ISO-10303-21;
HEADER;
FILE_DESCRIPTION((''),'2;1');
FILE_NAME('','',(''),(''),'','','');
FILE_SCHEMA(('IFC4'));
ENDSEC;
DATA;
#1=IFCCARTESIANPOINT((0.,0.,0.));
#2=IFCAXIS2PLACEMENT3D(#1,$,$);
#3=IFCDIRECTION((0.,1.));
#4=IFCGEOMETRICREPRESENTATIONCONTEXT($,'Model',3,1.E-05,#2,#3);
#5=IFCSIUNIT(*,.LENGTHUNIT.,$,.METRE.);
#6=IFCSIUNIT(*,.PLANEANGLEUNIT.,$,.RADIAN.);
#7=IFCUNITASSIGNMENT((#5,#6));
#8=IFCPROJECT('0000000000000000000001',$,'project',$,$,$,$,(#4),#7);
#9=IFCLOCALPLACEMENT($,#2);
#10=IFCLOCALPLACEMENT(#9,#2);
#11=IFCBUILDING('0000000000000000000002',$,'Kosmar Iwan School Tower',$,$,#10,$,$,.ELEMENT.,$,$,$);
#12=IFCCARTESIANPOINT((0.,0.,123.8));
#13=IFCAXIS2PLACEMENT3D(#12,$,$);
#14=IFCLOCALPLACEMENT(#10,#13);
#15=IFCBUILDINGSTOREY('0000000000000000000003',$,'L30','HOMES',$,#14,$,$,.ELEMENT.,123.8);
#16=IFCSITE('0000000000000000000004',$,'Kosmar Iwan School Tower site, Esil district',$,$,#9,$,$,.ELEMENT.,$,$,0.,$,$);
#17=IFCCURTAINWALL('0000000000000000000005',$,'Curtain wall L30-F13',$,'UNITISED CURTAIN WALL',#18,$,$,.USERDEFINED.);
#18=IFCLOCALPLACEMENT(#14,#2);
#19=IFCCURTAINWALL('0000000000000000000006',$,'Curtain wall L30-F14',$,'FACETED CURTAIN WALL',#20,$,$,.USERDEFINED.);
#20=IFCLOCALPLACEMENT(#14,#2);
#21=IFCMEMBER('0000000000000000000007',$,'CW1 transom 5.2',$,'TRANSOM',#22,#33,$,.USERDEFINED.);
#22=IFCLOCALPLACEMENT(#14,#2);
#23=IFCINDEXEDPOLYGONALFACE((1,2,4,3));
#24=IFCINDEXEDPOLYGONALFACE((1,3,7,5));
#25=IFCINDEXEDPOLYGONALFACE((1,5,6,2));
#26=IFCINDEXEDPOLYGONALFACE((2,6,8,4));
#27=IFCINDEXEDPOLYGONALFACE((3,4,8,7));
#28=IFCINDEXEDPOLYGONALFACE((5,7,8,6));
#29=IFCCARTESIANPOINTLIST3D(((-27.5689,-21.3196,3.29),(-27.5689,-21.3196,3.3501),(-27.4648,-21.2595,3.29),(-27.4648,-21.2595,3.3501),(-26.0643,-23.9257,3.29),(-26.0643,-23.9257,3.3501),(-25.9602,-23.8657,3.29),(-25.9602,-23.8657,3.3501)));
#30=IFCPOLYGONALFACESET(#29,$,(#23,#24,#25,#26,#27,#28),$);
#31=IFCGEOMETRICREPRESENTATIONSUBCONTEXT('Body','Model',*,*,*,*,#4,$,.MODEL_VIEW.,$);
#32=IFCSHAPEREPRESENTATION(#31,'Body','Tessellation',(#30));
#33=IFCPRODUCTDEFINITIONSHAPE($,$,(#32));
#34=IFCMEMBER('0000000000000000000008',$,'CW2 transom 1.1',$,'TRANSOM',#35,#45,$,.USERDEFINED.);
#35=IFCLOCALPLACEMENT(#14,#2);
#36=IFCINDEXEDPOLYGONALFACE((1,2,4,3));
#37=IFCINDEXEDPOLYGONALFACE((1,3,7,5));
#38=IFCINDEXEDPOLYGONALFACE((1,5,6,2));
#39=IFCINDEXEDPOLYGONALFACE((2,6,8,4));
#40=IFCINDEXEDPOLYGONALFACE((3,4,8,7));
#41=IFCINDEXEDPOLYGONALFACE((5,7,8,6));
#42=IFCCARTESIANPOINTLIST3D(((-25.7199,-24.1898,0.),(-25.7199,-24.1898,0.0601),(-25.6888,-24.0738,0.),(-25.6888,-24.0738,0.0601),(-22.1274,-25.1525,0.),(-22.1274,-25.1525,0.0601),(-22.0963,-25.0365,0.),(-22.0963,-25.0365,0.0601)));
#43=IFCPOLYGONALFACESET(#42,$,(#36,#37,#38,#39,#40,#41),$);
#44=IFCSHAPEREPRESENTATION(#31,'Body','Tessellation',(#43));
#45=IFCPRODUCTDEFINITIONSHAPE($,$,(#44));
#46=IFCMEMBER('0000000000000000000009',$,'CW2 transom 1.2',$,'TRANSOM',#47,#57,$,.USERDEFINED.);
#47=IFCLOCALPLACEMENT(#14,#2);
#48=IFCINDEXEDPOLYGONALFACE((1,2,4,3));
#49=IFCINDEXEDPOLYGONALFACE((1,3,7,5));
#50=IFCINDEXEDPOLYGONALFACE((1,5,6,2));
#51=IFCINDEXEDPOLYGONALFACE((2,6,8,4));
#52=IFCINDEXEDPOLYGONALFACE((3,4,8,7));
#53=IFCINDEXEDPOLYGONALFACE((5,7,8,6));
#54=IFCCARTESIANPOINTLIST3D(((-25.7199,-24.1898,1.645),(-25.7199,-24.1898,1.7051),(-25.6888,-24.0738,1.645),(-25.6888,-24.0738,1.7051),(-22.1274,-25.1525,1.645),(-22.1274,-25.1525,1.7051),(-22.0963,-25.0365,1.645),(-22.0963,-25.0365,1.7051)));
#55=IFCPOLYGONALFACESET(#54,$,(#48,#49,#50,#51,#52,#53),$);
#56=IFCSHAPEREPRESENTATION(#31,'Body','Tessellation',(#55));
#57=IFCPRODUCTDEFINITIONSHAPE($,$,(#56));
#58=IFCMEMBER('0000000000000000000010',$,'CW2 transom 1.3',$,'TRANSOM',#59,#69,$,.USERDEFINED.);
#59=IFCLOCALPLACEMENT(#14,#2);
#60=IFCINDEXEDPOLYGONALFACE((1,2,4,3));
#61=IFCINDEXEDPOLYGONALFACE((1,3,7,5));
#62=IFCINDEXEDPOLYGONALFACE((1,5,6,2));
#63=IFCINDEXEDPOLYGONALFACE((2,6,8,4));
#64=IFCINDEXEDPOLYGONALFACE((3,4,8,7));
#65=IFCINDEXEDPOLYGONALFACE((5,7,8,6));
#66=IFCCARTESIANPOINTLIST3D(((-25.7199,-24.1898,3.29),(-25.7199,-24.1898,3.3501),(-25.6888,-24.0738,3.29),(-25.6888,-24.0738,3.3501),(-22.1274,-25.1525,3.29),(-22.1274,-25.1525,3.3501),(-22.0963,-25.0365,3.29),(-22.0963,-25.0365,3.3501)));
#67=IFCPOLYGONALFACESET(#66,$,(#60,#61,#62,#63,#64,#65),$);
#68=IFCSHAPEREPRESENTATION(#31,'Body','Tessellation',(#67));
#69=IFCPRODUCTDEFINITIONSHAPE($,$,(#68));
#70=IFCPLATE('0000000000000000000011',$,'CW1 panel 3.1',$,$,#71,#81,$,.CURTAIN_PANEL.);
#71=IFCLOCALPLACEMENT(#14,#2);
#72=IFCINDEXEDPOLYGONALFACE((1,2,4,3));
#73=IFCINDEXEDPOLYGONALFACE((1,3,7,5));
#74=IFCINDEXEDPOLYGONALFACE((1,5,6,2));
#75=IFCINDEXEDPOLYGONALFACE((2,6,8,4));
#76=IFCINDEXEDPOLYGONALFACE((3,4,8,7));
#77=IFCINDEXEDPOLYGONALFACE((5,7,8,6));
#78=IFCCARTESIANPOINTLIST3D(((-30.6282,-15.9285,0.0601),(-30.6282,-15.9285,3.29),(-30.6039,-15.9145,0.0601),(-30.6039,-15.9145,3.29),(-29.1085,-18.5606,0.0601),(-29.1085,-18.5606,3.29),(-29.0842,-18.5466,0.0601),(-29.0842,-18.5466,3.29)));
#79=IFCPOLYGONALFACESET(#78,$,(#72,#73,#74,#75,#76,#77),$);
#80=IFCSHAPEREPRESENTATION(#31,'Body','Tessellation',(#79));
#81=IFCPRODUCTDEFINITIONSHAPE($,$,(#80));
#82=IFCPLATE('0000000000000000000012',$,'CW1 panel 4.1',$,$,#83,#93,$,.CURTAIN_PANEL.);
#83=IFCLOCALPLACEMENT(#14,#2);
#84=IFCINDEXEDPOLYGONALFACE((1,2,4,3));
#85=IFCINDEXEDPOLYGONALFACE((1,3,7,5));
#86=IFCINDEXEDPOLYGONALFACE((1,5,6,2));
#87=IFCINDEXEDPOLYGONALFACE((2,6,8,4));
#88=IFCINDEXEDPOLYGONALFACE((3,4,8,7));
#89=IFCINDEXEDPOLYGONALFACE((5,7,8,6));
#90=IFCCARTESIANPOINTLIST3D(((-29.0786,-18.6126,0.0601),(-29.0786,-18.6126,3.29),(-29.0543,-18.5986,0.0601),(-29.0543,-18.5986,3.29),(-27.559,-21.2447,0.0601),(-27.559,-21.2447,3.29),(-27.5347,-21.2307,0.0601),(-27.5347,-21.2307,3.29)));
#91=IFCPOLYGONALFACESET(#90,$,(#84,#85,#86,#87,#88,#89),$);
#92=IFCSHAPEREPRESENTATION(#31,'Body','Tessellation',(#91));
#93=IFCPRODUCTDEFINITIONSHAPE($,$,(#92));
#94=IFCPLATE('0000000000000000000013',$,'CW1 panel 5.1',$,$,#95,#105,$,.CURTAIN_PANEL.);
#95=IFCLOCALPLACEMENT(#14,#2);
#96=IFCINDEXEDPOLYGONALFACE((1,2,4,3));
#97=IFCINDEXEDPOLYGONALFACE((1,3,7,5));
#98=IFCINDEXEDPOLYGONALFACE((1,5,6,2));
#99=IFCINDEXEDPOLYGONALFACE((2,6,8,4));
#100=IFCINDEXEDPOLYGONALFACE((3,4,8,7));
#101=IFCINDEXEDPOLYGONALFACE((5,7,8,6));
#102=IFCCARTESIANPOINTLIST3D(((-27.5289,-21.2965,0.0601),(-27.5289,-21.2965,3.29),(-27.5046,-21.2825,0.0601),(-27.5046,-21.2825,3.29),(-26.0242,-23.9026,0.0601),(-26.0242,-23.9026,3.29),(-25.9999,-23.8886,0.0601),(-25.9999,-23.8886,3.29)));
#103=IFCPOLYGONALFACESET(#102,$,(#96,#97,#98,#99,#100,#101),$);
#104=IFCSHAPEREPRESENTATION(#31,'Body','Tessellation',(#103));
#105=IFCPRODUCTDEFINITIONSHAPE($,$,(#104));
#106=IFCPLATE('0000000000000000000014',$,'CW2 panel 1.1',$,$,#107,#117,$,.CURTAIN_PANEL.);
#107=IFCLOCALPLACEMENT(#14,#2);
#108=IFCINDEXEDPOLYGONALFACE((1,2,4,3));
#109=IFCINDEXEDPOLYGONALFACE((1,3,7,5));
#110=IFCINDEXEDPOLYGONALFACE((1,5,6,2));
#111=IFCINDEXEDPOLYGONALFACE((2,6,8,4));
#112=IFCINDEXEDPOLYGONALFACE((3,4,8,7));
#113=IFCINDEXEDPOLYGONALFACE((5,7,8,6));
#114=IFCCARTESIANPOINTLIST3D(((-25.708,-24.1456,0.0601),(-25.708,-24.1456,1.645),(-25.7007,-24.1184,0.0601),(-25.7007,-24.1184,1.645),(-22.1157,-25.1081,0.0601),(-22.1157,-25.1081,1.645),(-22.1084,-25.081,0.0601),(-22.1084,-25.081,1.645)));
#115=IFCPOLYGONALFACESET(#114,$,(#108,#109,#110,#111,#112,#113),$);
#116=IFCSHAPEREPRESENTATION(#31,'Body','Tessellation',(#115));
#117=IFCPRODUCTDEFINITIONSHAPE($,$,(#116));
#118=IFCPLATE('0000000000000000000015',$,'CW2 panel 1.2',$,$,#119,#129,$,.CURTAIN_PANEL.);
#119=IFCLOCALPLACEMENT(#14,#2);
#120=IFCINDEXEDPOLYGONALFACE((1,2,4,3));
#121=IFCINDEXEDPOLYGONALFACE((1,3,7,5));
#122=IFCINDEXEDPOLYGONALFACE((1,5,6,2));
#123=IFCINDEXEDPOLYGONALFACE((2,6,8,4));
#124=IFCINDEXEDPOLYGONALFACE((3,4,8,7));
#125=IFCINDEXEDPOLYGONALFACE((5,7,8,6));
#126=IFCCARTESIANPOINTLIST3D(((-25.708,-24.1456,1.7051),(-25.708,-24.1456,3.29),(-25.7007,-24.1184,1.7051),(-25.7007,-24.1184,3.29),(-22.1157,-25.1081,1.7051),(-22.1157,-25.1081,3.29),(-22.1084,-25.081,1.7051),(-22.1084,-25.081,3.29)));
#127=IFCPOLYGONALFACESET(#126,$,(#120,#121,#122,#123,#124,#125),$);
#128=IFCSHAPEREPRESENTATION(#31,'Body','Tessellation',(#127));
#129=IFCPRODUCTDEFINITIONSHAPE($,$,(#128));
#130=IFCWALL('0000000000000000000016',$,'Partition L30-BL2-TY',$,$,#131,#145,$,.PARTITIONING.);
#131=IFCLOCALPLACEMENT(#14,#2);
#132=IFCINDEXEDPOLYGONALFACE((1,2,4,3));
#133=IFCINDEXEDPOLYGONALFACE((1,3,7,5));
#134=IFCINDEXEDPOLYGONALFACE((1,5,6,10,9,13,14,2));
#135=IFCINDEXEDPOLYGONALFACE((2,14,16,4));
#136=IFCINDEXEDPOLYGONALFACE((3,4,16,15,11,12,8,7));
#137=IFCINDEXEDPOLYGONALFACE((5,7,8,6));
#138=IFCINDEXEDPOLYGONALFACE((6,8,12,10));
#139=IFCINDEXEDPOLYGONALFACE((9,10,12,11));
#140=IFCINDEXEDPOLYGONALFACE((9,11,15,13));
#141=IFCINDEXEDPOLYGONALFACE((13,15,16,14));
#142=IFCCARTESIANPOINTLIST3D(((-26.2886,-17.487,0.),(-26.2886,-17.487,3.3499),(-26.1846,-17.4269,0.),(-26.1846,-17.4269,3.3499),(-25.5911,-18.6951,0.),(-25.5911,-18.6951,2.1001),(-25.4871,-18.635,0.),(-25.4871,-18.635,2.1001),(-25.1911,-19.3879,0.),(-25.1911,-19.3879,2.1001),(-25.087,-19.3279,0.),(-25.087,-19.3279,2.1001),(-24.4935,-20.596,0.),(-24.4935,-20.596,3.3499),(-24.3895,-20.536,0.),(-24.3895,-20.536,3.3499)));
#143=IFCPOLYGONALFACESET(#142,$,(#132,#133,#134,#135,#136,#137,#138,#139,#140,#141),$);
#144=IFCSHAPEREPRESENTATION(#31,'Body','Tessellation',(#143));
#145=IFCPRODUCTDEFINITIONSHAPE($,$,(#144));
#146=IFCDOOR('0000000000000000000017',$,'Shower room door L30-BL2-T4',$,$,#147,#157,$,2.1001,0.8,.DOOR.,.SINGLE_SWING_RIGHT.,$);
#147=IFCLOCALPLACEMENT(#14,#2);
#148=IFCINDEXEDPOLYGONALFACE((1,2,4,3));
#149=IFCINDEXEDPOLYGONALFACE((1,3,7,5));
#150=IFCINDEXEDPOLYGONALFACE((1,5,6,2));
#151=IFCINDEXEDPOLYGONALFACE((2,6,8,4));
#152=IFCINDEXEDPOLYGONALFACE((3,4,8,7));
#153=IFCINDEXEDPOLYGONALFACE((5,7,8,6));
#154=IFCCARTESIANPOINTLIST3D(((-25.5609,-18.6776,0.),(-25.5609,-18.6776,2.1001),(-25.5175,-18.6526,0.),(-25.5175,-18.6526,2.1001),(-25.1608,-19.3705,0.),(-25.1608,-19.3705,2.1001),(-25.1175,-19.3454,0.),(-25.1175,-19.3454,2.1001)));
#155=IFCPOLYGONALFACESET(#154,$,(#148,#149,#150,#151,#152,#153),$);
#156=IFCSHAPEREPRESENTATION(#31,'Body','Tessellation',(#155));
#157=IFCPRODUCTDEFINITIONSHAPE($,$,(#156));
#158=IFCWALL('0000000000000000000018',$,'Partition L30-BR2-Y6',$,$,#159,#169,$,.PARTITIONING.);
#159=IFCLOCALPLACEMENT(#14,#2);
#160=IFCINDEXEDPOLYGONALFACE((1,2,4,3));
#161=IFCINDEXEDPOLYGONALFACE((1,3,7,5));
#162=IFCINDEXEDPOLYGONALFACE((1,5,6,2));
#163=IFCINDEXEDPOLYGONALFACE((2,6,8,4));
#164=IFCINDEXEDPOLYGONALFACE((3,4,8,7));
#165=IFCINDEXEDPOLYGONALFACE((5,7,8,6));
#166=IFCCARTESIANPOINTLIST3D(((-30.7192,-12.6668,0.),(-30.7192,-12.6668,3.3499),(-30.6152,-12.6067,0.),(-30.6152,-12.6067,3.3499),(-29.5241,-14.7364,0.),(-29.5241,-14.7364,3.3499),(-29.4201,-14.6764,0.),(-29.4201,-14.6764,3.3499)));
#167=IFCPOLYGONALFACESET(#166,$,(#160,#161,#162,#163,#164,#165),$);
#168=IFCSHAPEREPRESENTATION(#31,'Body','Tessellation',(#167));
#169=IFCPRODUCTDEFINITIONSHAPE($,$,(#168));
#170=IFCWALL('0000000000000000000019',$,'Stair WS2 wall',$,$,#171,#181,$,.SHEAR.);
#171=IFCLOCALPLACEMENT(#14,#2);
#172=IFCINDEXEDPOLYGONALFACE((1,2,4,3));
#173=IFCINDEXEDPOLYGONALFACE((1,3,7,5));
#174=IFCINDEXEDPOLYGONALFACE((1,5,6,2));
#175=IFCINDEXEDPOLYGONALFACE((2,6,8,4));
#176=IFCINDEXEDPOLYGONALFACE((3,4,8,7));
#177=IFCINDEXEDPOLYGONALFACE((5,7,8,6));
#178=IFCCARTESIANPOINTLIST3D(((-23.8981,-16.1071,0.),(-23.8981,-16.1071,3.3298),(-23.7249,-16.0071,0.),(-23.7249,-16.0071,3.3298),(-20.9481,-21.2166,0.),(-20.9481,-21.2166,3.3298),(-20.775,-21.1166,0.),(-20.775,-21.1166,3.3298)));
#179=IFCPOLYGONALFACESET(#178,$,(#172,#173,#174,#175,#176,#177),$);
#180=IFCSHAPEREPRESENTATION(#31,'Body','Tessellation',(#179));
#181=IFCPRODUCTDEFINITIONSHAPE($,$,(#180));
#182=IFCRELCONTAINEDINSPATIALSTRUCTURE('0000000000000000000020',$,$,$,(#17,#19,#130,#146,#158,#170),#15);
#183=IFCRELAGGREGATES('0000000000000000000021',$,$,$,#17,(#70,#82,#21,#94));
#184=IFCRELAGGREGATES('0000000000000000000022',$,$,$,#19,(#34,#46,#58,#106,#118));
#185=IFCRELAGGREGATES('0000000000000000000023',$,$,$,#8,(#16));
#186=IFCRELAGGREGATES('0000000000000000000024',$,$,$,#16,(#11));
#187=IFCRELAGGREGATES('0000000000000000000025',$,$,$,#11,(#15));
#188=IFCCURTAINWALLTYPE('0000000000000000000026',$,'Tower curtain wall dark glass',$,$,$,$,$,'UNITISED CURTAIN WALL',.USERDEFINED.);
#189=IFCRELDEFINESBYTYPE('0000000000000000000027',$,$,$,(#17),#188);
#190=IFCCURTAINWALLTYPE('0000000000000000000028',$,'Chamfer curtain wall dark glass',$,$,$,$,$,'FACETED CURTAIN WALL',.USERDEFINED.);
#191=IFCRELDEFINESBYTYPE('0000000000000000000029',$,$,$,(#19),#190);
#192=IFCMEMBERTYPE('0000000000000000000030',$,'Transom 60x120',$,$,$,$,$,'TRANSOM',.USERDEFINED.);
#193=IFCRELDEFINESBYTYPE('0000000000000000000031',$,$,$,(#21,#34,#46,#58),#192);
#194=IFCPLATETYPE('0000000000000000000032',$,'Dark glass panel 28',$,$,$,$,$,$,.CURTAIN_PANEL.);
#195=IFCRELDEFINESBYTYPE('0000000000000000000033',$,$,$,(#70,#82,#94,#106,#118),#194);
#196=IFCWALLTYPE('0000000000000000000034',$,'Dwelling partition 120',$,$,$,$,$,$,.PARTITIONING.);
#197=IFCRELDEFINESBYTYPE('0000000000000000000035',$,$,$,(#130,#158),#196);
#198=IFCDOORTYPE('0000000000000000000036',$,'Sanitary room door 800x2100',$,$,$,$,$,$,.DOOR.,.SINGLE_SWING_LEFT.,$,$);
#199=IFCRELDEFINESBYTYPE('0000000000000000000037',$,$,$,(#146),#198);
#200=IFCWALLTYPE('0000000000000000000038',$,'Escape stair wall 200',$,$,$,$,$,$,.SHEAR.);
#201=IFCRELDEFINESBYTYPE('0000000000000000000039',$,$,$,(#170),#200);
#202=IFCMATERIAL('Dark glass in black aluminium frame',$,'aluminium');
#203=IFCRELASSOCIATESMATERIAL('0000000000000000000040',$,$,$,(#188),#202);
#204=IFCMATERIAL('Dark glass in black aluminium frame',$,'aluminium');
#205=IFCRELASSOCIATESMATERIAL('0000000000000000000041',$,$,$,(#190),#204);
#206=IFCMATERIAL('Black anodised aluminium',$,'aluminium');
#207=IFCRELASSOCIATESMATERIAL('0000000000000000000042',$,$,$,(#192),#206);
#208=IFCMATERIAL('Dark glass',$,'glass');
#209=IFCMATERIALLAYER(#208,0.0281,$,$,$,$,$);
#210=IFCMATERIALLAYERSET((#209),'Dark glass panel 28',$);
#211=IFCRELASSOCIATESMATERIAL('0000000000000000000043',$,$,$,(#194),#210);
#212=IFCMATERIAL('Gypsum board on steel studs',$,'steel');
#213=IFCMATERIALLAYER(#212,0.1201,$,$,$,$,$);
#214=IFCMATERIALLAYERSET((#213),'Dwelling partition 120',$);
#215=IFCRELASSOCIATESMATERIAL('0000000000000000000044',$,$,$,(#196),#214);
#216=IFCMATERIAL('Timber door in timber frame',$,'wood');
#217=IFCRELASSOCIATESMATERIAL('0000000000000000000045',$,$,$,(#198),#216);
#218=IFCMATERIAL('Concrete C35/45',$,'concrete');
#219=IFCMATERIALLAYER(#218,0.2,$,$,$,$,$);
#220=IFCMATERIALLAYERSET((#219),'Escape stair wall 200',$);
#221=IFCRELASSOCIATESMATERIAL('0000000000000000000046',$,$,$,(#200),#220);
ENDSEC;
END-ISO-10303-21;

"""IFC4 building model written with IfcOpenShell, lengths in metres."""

from ifc_helpers import new_model, si_unit, direction, frame, frame_2d, origin, origin_2d, place, context, subcontext, project, spatial, rectangle, extrude, material, layer, layer_set, material_profile, profile_set, type_object, element, fill, aggregate, save


model = new_model("IFC4")

# Units and contexts
model_context = context("Model", 3, precision=1e-05, world=origin(), true_north=direction((0.0, 1.0)))
body_context = subcontext(model_context, "Body", "Model", "MODEL_VIEW")
ifc_project = project(units=[si_unit("LENGTHUNIT", "METRE"), si_unit("PLANEANGLEUNIT", "RADIAN")], contexts=[model_context])

# Site, building, storey
site_placement = place(None, origin())
site = spatial("IfcSite", under=ifc_project, at=site_placement, Name="Kosmar Iwan School Tower site, Esil district", CompositionType="ELEMENT", RefElevation=0.0)
building_placement = place(site_placement, origin())
building = spatial("IfcBuilding", under=site, at=building_placement, Name="Kosmar Iwan School Tower", CompositionType="ELEMENT")
storey_placement = place(building_placement, frame((0.0, 0.0, 123.8)))
storey = spatial("IfcBuildingStorey", under=building, at=storey_placement, Name="L30", Description="HOMES", CompositionType="ELEMENT", Elevation=123.8)

# Curtain wall
ifc_material_1 = material(Name="Dark glass in black aluminium frame", Category="aluminium")
curtain_wall_type_1 = type_object("IfcCurtainWallType", Name="Tower curtain wall dark glass", ElementType="UNITISED CURTAIN WALL", PredefinedType="USERDEFINED", material=ifc_material_1)
curtain_wall_1_placement = place(storey_placement, origin())
curtain_wall_1 = element("IfcCurtainWall", 1, at=curtain_wall_1_placement, inside=storey, type_object=curtain_wall_type_1, Name="Curtain wall L30-F13", ObjectType="UNITISED CURTAIN WALL", PredefinedType="USERDEFINED")

# Curtain wall
ifc_material_2 = material(Name="Dark glass in black aluminium frame", Category="aluminium")
curtain_wall_type_2 = type_object("IfcCurtainWallType", Name="Chamfer curtain wall dark glass", ElementType="FACETED CURTAIN WALL", PredefinedType="USERDEFINED", material=ifc_material_2)
curtain_wall_2_placement = place(storey_placement, origin())
curtain_wall_2 = element("IfcCurtainWall", 2, at=curtain_wall_2_placement, inside=storey, type_object=curtain_wall_type_2, Name="Curtain wall L30-F14", ObjectType="FACETED CURTAIN WALL", PredefinedType="USERDEFINED")

# Members
ifc_material_3 = material(Name="Black anodised aluminium", Category="aluminium")
ifc_material_profile_1 = material_profile(ifc_material_3, rectangle(XDim=0.1201, YDim=0.0601, at=origin_2d()), Name="TRANSOM 60x120")
ifc_profile_set_1 = profile_set([ifc_material_profile_1], Name="Black anodised aluminium")
member_type_1 = type_object("IfcMemberType", Name="Transom 60x120", ElementType="TRANSOM", PredefinedType="USERDEFINED", material=ifc_profile_set_1)
member_1_placement = place(storey_placement, frame((-27.5168, -21.2896, 3.3201), z_axis=(0.499987, -0.866033, 0.0), x_axis=(0.866033, 0.499987, 0.0)))
member_1 = element("IfcMember", 3, at=member_1_placement, type_object=member_type_1, Name="CW1 transom 5.2", ObjectType="TRANSOM", PredefinedType="USERDEFINED", context=body_context, shape_type="SweptSolid", body=[
    extrude(rectangle(XDim=0.1201, YDim=0.0601, at=origin_2d()), origin(), (0.0, 0.0, 1.0), 3.0093),
])
member_2_placement = place(storey_placement, frame((-25.7043, -24.1318, 0.03), z_axis=(0.965924, -0.258827, 0.0), x_axis=(0.258827, 0.965924, 0.0)))
member_2 = element("IfcMember", 4, at=member_2_placement, type_object=member_type_1, Name="CW2 transom 1.1", ObjectType="TRANSOM", PredefinedType="USERDEFINED", context=body_context, shape_type="SweptSolid", body=[
    extrude(rectangle(XDim=0.1201, YDim=0.0601, at=origin_2d()), origin(), (0.0, 0.0, 1.0), 3.7192),
])
member_3_placement = place(storey_placement, frame((-25.7043, -24.1318, 1.675), z_axis=(0.965924, -0.258827, 0.0), x_axis=(0.258827, 0.965924, 0.0)))
member_3 = element("IfcMember", 5, at=member_3_placement, type_object=member_type_1, Name="CW2 transom 1.2", ObjectType="TRANSOM", PredefinedType="USERDEFINED", context=body_context, shape_type="SweptSolid", body=[
    extrude(rectangle(XDim=0.1201, YDim=0.0601, at=origin_2d()), origin(), (0.0, 0.0, 1.0), 3.7192),
])
member_4_placement = place(storey_placement, frame((-25.7043, -24.1318, 3.3201), z_axis=(0.965924, -0.258827, 0.0), x_axis=(0.258827, 0.965924, 0.0)))
member_4 = element("IfcMember", 6, at=member_4_placement, type_object=member_type_1, Name="CW2 transom 1.3", ObjectType="TRANSOM", PredefinedType="USERDEFINED", context=body_context, shape_type="SweptSolid", body=[
    extrude(rectangle(XDim=0.1201, YDim=0.0601, at=origin_2d()), origin(), (0.0, 0.0, 1.0), 3.7192),
])

# Plates
ifc_material_4 = material(Name="Dark glass", Category="glass")
ifc_layer_1 = layer(ifc_material_4, 0.0281)
ifc_layer_set_1 = layer_set([ifc_layer_1], Name="Dark glass panel 28")
plate_type = type_object("IfcPlateType", Name="Dark glass panel 28", PredefinedType="CURTAIN_PANEL", material=ifc_layer_set_1)
plate_1_placement = place(storey_placement, frame((-29.8562, -17.2375, 0.0601), z_axis=(0.0, 0.0, 1.0), x_axis=(0.5, -0.866025, 0.0)))
plate_1 = element("IfcPlate", 7, at=plate_1_placement, type_object=plate_type, Name="CW1 panel 3.1", PredefinedType="CURTAIN_PANEL", context=body_context, shape_type="SweptSolid", body=[
    extrude(rectangle(XDim=3.0393, YDim=0.0281, at=origin_2d()), origin(), (0.0, 0.0, 1.0), 3.23),
])
plate_2_placement = place(storey_placement, frame((-28.3066, -19.9216, 0.0601), z_axis=(0.0, 0.0, 1.0), x_axis=(0.5, -0.866025, 0.0)))
plate_2 = element("IfcPlate", 8, at=plate_2_placement, type_object=plate_type, Name="CW1 panel 4.1", PredefinedType="CURTAIN_PANEL", context=body_context, shape_type="SweptSolid", body=[
    extrude(rectangle(XDim=3.0393, YDim=0.0281, at=origin_2d()), origin(), (0.0, 0.0, 1.0), 3.23),
])
plate_3_placement = place(storey_placement, frame((-26.7644, -22.5925, 0.0601), z_axis=(0.0, 0.0, 1.0), x_axis=(0.5, -0.866025, 0.0)))
plate_3 = element("IfcPlate", 9, at=plate_3_placement, type_object=plate_type, Name="CW1 panel 5.1", PredefinedType="CURTAIN_PANEL", context=body_context, shape_type="SweptSolid", body=[
    extrude(rectangle(XDim=3.0093, YDim=0.0281, at=origin_2d()), origin(), (0.0, 0.0, 1.0), 3.23),
])
aggregate(curtain_wall_1, [plate_1, plate_2, member_1, plate_3])
plate_4_placement = place(storey_placement, frame((-23.9082, -24.6133, 0.0601), z_axis=(0.0, 0.0, 1.0), x_axis=(0.965926, -0.258819, 0.0)))
plate_4 = element("IfcPlate", 10, at=plate_4_placement, type_object=plate_type, Name="CW2 panel 1.1", PredefinedType="CURTAIN_PANEL", context=body_context, shape_type="SweptSolid", body=[
    extrude(rectangle(XDim=3.719, YDim=0.0281, at=origin_2d()), origin(), (0.0, 0.0, 1.0), 1.585),
])
plate_5_placement = place(storey_placement, frame((-23.9082, -24.6133, 1.7051), z_axis=(0.0, 0.0, 1.0), x_axis=(0.965926, -0.258819, 0.0)))
plate_5 = element("IfcPlate", 11, at=plate_5_placement, type_object=plate_type, Name="CW2 panel 1.2", PredefinedType="CURTAIN_PANEL", context=body_context, shape_type="SweptSolid", body=[
    extrude(rectangle(XDim=3.719, YDim=0.0281, at=origin_2d()), origin(), (0.0, 0.0, 1.0), 1.585),
])
aggregate(curtain_wall_2, [member_2, member_3, member_4, plate_4, plate_5])

# Wall, opening, door
ifc_material_5 = material(Name="Gypsum board on steel studs", Category="steel")
ifc_layer_2 = layer(ifc_material_5, 0.1201)
ifc_layer_set_2 = layer_set([ifc_layer_2], Name="Dwelling partition 120")
wall_type_1 = type_object("IfcWallType", Name="Dwelling partition 120", PredefinedType="PARTITIONING", material=ifc_layer_set_2)
wall_1_placement = place(storey_placement, frame((-26.2366, -17.457, 0.0), z_axis=(0.0, 0.0, 1.0), x_axis=(0.500023, -0.866012, 0.0)))
wall_1 = element("IfcWall", 12, at=wall_1_placement, inside=storey, type_object=wall_type_1, Name="Partition L30-BL2-TY", PredefinedType="PARTITIONING", context=body_context, shape_type="SweptSolid", body=[
    extrude(rectangle(XDim=3.5901, YDim=0.1201, at=frame_2d((1.7949, 0.0))), origin(), (0.0, 0.0, 1.0), 3.3499),
])
opening_placement = place(wall_1_placement, frame((1.395, 0.0, 0.0)))
opening = element("IfcOpeningElement", 13, at=opening_placement, cuts=wall_1, PredefinedType="OPENING", context=body_context, shape_type="SweptSolid", body=[
    extrude(rectangle(XDim=0.8, YDim=2.1001, at=frame_2d((0.3999, 1.05))), frame((0.0, 0.072, 0.0), z_axis=(0.0, -1.0, 0.0), x_axis=(1.0, 0.0, 0.0)), (0.0, 0.0, 1.0), 0.144),
])
ifc_material_6 = material(Name="Timber door in timber frame", Category="wood")
door_type = type_object("IfcDoorType", Name="Sanitary room door 800x2100", OperationType="SINGLE_SWING_LEFT", PredefinedType="DOOR", material=ifc_material_6)
door_placement = place(opening_placement, origin())
door = element("IfcDoor", 14, at=door_placement, inside=storey, type_object=door_type, Name="Shower room door L30-BL2-T4", OperationType="SINGLE_SWING_RIGHT", OverallHeight=2.1001, OverallWidth=0.8, PredefinedType="DOOR", context=body_context, shape_type="SweptSolid", body=[
    extrude(rectangle(XDim=0.8, YDim=2.1001, at=frame_2d((0.3999, 1.05))), frame((0.0, 0.0249, 0.0), z_axis=(0.0, -1.0, 0.0), x_axis=(1.0, 0.0, 0.0)), (0.0, 0.0, 1.0), 0.05),
])
fill(opening, door)

# Walls
wall_2_placement = place(storey_placement, frame((-29.4722, -14.7063, 0.0), z_axis=(0.0, 0.0, 1.0), x_axis=(-0.500061, 0.86599, 0.0)))
element("IfcWall", 15, at=wall_2_placement, inside=storey, type_object=wall_type_1, Name="Partition L30-BR2-Y6", PredefinedType="PARTITIONING", context=body_context, shape_type="SweptSolid", body=[
    extrude(rectangle(XDim=2.3899, YDim=0.1201, at=frame_2d((1.1948, 0.0))), origin(), (0.0, 0.0, 1.0), 3.3499),
])
ifc_material_7 = material(Name="Concrete C35/45", Category="concrete")
ifc_layer_3 = layer(ifc_material_7, 0.2)
ifc_layer_set_3 = layer_set([ifc_layer_3], Name="Escape stair wall 200")
wall_type_2 = type_object("IfcWallType", Name="Escape stair wall 200", PredefinedType="SHEAR", material=ifc_layer_set_3)
wall_3_placement = place(storey_placement, frame((-23.8115, -16.0571, 0.0), z_axis=(0.0, 0.0, 1.0), x_axis=(0.500007, -0.866022, 0.0)))
element("IfcWall", 16, at=wall_3_placement, inside=storey, type_object=wall_type_2, Name="Stair WS2 wall", PredefinedType="SHEAR", context=body_context, shape_type="SweptSolid", body=[
    extrude(rectangle(XDim=5.8999, YDim=0.2, at=frame_2d((2.95, 0.0))), origin(), (0.0, 0.0, 1.0), 3.3298),
])

save(model, "model.ifc")
